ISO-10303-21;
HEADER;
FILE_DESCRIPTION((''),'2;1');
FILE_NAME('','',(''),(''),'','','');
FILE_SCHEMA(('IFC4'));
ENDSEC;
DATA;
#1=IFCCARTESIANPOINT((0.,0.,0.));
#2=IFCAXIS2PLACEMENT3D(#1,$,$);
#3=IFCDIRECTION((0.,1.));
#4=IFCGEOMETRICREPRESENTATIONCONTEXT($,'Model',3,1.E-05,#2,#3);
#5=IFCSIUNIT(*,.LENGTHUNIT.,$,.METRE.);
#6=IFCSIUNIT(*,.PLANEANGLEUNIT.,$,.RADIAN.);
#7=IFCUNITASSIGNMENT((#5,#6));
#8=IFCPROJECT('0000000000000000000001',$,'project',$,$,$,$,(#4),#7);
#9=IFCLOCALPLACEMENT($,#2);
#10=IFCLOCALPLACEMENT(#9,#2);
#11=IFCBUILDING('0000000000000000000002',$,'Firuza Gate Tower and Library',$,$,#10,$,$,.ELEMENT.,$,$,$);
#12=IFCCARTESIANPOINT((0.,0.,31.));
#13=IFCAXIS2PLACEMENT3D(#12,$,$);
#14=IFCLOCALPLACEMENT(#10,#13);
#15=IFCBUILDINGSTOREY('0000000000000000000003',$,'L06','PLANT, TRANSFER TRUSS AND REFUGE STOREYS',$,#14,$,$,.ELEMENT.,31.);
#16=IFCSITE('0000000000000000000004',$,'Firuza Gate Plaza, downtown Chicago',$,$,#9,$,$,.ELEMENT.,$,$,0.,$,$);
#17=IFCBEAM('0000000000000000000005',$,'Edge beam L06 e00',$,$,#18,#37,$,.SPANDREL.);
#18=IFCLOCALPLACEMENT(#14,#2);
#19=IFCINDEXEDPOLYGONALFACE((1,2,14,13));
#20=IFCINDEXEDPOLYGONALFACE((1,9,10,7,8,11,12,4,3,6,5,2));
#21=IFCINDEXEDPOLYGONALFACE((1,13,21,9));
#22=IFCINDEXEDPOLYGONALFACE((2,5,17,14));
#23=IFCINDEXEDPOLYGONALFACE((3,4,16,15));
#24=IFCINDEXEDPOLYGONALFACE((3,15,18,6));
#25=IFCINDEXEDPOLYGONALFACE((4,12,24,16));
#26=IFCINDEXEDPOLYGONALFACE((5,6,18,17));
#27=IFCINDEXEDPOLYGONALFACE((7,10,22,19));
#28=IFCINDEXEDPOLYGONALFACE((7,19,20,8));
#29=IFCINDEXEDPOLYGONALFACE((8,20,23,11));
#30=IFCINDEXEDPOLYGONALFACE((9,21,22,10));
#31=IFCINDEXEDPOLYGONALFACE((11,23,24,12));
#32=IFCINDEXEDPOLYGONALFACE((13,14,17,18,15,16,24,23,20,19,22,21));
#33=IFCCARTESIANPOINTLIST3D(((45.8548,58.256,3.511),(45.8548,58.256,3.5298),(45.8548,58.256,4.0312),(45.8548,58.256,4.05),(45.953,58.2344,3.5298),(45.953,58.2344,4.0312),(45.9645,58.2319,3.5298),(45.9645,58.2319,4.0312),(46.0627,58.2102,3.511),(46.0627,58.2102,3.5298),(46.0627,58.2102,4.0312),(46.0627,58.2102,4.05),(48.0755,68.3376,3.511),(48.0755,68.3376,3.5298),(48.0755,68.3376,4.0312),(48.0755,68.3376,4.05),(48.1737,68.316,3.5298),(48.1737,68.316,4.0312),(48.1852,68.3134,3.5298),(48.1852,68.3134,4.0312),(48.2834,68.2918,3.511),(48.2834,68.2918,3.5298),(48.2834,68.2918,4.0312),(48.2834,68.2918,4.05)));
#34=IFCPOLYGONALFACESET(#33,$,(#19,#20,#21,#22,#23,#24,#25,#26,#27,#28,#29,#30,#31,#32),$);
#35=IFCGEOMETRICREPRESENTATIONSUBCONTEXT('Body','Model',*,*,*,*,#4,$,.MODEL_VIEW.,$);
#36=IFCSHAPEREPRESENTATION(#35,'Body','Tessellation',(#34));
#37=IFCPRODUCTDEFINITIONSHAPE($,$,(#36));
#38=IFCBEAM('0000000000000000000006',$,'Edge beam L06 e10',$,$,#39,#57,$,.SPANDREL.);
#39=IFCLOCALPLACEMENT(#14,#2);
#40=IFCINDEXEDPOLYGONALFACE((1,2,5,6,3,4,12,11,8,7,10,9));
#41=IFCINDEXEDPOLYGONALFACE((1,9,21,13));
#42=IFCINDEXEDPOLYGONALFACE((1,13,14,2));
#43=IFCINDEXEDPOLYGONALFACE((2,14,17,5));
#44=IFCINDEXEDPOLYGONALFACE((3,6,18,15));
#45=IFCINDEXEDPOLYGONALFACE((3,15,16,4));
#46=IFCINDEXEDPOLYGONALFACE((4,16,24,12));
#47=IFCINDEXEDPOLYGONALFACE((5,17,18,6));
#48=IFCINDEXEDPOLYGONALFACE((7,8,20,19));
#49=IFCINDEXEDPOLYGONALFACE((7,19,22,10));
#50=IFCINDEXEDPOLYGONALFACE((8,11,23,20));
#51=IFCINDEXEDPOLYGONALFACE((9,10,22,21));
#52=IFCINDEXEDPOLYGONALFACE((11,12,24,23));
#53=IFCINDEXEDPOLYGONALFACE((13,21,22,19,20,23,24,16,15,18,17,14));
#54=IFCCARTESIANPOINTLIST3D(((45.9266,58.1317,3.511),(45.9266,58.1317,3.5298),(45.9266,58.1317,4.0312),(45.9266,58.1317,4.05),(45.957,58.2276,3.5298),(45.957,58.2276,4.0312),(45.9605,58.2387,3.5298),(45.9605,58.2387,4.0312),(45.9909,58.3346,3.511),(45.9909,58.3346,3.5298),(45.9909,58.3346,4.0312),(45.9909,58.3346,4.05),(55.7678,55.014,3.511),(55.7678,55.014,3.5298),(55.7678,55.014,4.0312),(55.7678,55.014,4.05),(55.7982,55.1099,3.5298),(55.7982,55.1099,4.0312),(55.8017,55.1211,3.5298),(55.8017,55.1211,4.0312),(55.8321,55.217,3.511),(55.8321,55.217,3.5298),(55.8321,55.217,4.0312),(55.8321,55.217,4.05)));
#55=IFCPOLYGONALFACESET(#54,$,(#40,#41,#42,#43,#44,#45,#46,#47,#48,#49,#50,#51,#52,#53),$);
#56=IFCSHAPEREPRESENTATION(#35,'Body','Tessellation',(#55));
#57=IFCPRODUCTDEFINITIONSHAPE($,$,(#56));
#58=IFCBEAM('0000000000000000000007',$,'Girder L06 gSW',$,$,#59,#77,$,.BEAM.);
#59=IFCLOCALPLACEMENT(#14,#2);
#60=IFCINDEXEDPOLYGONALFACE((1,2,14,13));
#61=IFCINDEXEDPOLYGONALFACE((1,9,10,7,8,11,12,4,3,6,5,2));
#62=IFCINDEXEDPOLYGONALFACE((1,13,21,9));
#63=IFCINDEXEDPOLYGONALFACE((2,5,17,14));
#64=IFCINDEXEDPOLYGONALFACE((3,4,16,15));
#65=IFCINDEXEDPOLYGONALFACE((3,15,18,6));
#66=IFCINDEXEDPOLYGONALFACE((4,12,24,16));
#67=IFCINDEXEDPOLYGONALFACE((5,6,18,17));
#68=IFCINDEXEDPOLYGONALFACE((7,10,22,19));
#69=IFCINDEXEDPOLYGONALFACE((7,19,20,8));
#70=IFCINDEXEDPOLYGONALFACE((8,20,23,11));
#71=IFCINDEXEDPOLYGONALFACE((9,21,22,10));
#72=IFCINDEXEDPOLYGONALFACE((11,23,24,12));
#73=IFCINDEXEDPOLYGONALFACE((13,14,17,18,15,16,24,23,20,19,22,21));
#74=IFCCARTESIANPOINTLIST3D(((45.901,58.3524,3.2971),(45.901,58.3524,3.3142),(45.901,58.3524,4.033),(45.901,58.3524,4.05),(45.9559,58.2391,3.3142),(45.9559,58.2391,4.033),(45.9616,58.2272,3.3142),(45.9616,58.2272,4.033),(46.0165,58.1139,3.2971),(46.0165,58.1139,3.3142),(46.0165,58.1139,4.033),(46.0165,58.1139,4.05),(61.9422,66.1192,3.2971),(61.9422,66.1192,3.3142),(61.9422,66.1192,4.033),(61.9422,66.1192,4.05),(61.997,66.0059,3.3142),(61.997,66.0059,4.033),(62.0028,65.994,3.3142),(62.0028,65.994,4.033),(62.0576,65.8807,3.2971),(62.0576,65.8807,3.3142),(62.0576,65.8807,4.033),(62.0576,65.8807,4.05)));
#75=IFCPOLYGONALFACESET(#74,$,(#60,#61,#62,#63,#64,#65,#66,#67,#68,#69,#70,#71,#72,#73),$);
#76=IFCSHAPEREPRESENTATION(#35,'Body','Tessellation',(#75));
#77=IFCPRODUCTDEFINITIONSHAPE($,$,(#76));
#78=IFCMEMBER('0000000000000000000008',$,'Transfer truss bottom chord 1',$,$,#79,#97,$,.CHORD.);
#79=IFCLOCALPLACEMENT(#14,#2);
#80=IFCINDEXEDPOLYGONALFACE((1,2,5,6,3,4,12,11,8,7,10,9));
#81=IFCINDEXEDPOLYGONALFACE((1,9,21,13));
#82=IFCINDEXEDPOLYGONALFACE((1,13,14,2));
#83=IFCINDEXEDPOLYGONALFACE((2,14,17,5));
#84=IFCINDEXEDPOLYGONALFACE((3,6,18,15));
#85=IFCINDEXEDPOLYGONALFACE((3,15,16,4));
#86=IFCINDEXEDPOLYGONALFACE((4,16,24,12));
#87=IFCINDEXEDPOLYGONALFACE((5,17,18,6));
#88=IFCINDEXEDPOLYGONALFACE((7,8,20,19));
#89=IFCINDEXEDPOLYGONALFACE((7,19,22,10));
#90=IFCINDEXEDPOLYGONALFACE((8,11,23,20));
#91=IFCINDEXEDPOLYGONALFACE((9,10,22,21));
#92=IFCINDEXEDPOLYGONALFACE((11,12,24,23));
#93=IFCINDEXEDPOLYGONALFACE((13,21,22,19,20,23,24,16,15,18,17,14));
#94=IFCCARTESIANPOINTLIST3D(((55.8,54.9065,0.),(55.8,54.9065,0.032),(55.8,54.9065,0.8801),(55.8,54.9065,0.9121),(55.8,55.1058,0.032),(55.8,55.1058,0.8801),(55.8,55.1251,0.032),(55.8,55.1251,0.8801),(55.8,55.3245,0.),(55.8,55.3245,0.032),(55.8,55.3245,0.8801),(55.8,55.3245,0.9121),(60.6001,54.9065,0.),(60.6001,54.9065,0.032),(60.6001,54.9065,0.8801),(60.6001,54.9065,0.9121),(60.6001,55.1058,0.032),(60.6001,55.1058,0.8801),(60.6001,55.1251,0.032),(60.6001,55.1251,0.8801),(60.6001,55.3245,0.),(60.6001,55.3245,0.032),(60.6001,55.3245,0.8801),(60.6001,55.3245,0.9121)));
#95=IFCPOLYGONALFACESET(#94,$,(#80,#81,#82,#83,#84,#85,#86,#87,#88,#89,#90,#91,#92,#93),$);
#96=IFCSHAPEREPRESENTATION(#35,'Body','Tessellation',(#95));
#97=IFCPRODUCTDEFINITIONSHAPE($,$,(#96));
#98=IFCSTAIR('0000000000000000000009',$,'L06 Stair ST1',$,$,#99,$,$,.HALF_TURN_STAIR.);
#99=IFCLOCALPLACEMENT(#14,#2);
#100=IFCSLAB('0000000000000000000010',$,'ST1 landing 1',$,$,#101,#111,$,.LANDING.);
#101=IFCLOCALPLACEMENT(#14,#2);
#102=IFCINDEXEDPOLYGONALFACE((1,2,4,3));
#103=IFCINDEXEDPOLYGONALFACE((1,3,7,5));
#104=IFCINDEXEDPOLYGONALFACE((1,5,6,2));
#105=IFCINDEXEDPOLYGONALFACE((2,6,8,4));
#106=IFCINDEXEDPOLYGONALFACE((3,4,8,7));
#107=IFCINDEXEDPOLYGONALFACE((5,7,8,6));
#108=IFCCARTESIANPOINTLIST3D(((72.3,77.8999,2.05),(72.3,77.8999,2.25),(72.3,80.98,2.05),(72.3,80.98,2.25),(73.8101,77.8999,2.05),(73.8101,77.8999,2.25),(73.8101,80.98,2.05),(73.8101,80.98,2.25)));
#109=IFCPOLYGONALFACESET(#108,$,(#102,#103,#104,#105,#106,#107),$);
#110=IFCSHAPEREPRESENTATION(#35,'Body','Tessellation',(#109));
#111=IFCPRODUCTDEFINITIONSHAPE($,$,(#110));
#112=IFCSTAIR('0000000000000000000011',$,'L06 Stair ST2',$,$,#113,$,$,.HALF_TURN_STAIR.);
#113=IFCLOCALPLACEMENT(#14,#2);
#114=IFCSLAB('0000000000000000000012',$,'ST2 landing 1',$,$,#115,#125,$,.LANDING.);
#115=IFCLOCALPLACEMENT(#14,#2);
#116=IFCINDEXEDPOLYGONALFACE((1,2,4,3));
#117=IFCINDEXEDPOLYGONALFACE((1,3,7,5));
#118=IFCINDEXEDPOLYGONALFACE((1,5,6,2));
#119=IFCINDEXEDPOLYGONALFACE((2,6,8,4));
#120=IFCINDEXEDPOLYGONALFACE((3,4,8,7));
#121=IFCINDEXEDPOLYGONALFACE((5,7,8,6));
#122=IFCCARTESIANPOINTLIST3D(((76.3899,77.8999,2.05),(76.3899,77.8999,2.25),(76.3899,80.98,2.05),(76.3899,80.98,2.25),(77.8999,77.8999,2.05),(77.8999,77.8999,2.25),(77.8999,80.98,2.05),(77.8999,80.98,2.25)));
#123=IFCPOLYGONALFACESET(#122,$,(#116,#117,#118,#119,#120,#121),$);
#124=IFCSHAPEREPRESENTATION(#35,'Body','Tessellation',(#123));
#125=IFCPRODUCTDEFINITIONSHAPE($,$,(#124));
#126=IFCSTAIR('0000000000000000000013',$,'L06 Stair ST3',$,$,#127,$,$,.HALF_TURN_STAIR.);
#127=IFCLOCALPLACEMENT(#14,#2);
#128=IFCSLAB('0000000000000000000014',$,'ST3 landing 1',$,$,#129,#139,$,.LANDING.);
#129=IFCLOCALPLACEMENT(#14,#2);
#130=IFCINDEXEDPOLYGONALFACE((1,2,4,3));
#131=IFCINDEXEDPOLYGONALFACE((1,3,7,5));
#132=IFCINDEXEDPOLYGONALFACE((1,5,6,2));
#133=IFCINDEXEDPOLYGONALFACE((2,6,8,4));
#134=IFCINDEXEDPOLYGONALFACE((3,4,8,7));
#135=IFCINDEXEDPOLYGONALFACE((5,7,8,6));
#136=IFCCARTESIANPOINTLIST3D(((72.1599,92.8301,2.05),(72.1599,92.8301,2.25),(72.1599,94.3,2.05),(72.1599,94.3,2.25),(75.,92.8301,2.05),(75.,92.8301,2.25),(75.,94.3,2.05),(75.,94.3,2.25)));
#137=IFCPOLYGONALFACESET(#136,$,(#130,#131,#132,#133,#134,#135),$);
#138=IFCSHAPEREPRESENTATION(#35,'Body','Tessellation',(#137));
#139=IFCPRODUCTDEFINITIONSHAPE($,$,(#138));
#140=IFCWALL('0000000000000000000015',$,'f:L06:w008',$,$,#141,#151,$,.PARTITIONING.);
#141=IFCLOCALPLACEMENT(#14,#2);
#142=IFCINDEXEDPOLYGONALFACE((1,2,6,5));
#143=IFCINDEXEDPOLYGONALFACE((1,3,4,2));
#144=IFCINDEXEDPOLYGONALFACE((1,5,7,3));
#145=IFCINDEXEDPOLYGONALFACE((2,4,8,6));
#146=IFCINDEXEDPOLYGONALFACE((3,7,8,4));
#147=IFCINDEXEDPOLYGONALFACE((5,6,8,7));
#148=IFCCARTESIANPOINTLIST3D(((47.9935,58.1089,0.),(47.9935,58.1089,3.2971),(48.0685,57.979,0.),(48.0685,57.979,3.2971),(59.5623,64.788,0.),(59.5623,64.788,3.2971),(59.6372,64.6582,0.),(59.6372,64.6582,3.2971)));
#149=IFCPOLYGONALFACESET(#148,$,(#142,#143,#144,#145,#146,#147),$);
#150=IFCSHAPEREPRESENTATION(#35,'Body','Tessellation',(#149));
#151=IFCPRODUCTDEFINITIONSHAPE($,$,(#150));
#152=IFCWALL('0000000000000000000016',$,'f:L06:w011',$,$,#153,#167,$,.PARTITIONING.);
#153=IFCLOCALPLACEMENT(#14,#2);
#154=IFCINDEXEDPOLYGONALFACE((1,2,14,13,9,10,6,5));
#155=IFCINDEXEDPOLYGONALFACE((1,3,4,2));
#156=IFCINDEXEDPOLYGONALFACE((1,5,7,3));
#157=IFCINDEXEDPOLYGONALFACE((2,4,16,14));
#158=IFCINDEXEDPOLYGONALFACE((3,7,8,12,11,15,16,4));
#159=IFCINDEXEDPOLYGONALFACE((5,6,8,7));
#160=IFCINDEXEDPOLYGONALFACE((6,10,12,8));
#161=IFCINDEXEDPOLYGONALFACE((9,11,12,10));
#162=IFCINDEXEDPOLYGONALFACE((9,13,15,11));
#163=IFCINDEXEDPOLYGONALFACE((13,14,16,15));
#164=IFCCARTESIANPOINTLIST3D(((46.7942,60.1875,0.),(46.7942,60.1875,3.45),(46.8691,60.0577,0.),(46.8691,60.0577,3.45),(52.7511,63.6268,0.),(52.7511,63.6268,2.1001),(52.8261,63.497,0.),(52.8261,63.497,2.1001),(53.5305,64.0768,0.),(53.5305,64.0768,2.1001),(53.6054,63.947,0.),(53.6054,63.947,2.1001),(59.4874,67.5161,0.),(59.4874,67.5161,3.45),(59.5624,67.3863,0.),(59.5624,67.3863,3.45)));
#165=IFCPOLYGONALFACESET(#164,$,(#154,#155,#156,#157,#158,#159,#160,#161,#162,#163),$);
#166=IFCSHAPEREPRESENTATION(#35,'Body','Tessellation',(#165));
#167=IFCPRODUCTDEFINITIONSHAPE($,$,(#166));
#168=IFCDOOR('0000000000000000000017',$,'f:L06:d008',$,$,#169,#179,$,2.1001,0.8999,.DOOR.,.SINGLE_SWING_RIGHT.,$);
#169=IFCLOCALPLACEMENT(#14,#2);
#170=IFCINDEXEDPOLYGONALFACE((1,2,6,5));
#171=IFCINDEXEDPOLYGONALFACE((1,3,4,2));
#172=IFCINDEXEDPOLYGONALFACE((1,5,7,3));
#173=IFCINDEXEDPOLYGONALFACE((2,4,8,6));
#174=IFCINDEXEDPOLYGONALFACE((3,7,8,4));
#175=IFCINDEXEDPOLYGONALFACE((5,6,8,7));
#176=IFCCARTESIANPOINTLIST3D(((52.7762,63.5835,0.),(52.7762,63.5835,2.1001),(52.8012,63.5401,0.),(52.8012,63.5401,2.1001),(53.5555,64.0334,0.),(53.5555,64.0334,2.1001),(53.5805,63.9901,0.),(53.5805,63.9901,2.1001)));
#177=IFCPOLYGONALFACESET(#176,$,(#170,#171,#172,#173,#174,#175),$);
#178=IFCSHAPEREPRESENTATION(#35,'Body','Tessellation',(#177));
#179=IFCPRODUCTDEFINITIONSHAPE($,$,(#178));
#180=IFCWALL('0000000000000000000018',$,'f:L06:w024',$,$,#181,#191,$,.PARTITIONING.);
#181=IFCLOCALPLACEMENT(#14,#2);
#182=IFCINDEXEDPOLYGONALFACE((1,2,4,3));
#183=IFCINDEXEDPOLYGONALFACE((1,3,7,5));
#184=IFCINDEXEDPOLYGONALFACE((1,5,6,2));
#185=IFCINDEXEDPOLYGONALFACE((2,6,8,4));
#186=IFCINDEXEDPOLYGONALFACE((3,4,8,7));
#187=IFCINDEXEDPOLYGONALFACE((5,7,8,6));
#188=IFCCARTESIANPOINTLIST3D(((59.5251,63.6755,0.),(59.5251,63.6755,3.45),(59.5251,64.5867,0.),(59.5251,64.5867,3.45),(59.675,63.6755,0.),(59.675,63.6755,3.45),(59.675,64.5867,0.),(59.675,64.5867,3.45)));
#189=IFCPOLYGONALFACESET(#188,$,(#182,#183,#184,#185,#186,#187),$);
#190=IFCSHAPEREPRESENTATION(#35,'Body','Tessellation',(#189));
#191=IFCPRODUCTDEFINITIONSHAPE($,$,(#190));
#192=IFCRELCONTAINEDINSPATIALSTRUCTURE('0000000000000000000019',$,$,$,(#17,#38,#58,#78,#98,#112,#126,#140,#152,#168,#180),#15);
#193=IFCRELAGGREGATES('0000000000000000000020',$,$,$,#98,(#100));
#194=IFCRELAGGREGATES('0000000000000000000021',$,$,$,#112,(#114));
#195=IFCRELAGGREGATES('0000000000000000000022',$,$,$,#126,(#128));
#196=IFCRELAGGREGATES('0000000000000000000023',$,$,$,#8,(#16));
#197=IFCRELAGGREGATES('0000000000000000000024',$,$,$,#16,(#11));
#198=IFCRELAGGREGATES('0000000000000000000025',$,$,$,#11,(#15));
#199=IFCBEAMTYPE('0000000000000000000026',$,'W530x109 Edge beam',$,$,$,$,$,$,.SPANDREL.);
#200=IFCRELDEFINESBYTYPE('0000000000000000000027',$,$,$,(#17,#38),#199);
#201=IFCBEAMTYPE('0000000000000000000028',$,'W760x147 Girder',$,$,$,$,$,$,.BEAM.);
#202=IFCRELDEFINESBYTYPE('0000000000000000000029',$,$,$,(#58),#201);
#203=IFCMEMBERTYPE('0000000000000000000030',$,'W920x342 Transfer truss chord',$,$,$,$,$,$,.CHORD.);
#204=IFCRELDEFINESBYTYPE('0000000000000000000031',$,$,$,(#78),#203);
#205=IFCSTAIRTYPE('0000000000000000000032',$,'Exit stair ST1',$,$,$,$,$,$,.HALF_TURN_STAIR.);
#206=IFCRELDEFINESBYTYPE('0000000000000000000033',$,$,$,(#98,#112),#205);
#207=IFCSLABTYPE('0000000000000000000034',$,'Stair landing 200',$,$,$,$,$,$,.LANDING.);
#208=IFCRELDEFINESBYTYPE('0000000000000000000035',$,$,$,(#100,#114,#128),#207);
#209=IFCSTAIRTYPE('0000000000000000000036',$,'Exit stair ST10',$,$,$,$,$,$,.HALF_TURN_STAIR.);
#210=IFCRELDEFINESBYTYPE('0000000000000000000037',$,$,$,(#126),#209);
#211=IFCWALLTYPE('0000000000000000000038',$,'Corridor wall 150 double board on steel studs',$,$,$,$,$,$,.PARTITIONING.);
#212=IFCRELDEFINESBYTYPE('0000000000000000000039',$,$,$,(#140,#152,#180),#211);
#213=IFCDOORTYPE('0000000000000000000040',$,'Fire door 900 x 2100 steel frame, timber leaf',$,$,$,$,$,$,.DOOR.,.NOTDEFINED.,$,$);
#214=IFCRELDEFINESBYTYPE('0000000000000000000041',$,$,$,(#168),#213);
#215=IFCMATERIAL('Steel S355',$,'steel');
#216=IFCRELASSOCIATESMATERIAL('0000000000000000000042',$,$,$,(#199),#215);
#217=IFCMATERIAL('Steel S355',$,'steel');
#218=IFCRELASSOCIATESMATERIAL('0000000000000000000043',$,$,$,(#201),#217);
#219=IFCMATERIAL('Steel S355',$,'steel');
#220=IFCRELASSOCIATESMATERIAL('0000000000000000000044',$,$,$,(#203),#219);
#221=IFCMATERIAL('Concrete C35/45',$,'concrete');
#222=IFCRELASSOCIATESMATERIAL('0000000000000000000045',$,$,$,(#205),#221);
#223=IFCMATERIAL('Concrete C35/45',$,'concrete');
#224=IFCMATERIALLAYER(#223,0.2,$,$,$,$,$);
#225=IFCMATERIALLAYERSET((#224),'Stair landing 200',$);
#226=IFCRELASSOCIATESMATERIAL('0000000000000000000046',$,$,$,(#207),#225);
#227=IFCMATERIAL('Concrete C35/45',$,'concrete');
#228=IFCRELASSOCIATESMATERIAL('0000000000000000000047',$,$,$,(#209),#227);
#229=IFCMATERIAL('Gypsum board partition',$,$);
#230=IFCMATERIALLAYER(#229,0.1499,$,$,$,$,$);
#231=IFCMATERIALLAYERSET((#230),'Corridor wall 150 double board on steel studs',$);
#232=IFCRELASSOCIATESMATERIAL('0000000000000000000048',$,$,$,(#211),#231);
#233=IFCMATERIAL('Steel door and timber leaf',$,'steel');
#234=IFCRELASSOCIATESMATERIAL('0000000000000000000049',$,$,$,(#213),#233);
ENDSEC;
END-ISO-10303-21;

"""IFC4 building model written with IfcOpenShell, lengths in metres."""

from ifc_helpers import new_model, si_unit, direction, frame, frame_2d, origin, origin_2d, place, context, subcontext, project, spatial, polyline, rectangle, i_section, outline, extrude, material, layer, layer_set, material_profile, profile_set, type_object, element, fill, aggregate, save


model = new_model("IFC4")

# Units and contexts
model_context = context("Model", 3, precision=1e-05, world=origin(), true_north=direction((0.0, 1.0)))
body_context = subcontext(model_context, "Body", "Model", "MODEL_VIEW")
ifc_project = project(units=[si_unit("LENGTHUNIT", "METRE"), si_unit("PLANEANGLEUNIT", "RADIAN")], contexts=[model_context])

# Site, building, storey
site_placement = place(None, origin())
site = spatial("IfcSite", under=ifc_project, at=site_placement, Name="Firuza Gate Plaza, downtown Chicago", CompositionType="ELEMENT", RefElevation=0.0)
building_placement = place(site_placement, origin())
building = spatial("IfcBuilding", under=site, at=building_placement, Name="Firuza Gate Tower and Library", CompositionType="ELEMENT")
storey_placement = place(building_placement, frame((0.0, 0.0, 31.0)))
storey = spatial("IfcBuildingStorey", under=building, at=storey_placement, Name="L06", Description="PLANT, TRANSFER TRUSS AND REFUGE STOREYS", CompositionType="ELEMENT", Elevation=31.0)

# Beams
ifc_material_1 = material(Name="Steel S355", Category="steel")
ifc_material_profile_1 = material_profile(ifc_material_1, i_section(OverallWidth=0.2129, OverallDepth=0.5391, WebThickness=0.0117, FlangeThickness=0.0188, at=origin_2d()))
ifc_profile_set_1 = profile_set([ifc_material_profile_1], Name="Steel S355")
beam_type_1 = type_object("IfcBeamType", Name="W530x109 Edge beam", PredefinedType="SPANDREL", material=ifc_profile_set_1)
for number, where, z_axis, x_axis, name in (
    (1, (48.1794, 68.3147, 3.7805), (-0.215117, -0.976588, 0.0), (0.976588, -0.215117, 0.0), "Edge beam L06 e00"),
    (2, (45.9587, 58.2332, 3.7805), (0.953307, -0.302003, 0.0), (0.302003, 0.953307, 0.0), "Edge beam L06 e10"),
):
    element("IfcBeam", number, at=place(storey_placement, frame(where, z_axis=z_axis, x_axis=x_axis)), inside=storey, type_object=beam_type_1, Name=name, PredefinedType="SPANDREL", context=body_context, shape_type="SweptSolid", body=[
        extrude(i_section(OverallWidth=0.2129, OverallDepth=0.5391, WebThickness=0.0117, FlangeThickness=0.0188, at=origin_2d()), origin(), (0.0, 0.0, 1.0), 10.3232),
    ])
ifc_material_2 = material(Name="Steel S355", Category="steel")
ifc_material_profile_2 = material_profile(ifc_material_2, i_section(OverallWidth=0.2649, OverallDepth=0.7529, WebThickness=0.0132, FlangeThickness=0.0171, at=origin_2d()))
ifc_profile_set_2 = profile_set([ifc_material_profile_2], Name="Steel S355")
beam_type_2 = type_object("IfcBeamType", Name="W760x147 Girder", PredefinedType="BEAM", material=ifc_profile_set_2)
beam_1_placement = place(storey_placement, frame((45.9587, 58.2332, 3.6736), z_axis=(0.90005, 0.435786, 0.0), x_axis=(-0.435786, 0.90005, 0.0)))
element("IfcBeam", 3, at=beam_1_placement, inside=storey, type_object=beam_type_2, Name="Girder L06 gSW", PredefinedType="BEAM", context=body_context, shape_type="SweptSolid", body=[
    extrude(i_section(OverallWidth=0.2649, OverallDepth=0.7529, WebThickness=0.0132, FlangeThickness=0.0171, at=origin_2d()), origin(), (0.0, 0.0, 1.0), 17.8225),
])

# Member
ifc_material_3 = material(Name="Steel S355", Category="steel")
ifc_material_profile_3 = material_profile(ifc_material_3, i_section(OverallWidth=0.418, OverallDepth=0.9121, WebThickness=0.0193, FlangeThickness=0.032, at=origin_2d()))
ifc_profile_set_3 = profile_set([ifc_material_profile_3], Name="Steel S355")
member_type_1 = type_object("IfcMemberType", Name="W920x342 Transfer truss chord", PredefinedType="CHORD", material=ifc_profile_set_3)
member_1_placement = place(storey_placement, frame((55.8, 55.1155, 0.4561), z_axis=(1.0, 0.0, 0.0), x_axis=(0.0, 1.0, 0.0)))
element("IfcMember", 4, at=member_1_placement, inside=storey, type_object=member_type_1, Name="Transfer truss bottom chord 1", PredefinedType="CHORD", context=body_context, shape_type="SweptSolid", body=[
    extrude(i_section(OverallWidth=0.418, OverallDepth=0.9121, WebThickness=0.0193, FlangeThickness=0.032, at=origin_2d()), origin(), (0.0, 0.0, 1.0), 4.8),
])

# Stairs, slabs
ifc_material_4 = material(Name="Concrete C35/45", Category="concrete")
stair_type_1 = type_object("IfcStairType", Name="Exit stair ST1", PredefinedType="HALF_TURN_STAIR", material=ifc_material_4)
placement_1 = place(storey_placement, origin())
stair_1 = element("IfcStair", 5, at=placement_1, inside=storey, type_object=stair_type_1, Name="L06 Stair ST1", PredefinedType="HALF_TURN_STAIR")
ifc_material_5 = material(Name="Concrete C35/45", Category="concrete")
ifc_layer_1 = layer(ifc_material_5, 0.2)
ifc_layer_set_1 = layer_set([ifc_layer_1], Name="Stair landing 200")
slab_type_1 = type_object("IfcSlabType", Name="Stair landing 200", PredefinedType="LANDING", material=ifc_layer_set_1)
placement_2 = place(storey_placement, frame((0.0, 0.0, 2.05)))
slab_1 = element("IfcSlab", 6, at=placement_2, type_object=slab_type_1, Name="ST1 landing 1", PredefinedType="LANDING", context=body_context, shape_type="SweptSolid", body=[
    extrude(outline(polyline([(72.3, 77.8999), (73.8101, 77.8999), (73.8101, 80.98), (72.3, 80.98), (72.3, 77.8999)])), origin(), (0.0, 0.0, 1.0), 0.2),
])
aggregate(stair_1, [slab_1])
stair_2 = element("IfcStair", 7, at=placement_1, inside=storey, type_object=stair_type_1, Name="L06 Stair ST2", PredefinedType="HALF_TURN_STAIR")
slab_2 = element("IfcSlab", 8, at=placement_2, type_object=slab_type_1, Name="ST2 landing 1", PredefinedType="LANDING", context=body_context, shape_type="SweptSolid", body=[
    extrude(outline(polyline([(77.8999, 80.98), (76.3899, 80.98), (76.3899, 77.8999), (77.8999, 77.8999), (77.8999, 80.98)])), origin(), (0.0, 0.0, 1.0), 0.2),
])
aggregate(stair_2, [slab_2])
ifc_material_6 = material(Name="Concrete C35/45", Category="concrete")
stair_type_2 = type_object("IfcStairType", Name="Exit stair ST10", PredefinedType="HALF_TURN_STAIR", material=ifc_material_6)
stair_3 = element("IfcStair", 9, at=placement_1, inside=storey, type_object=stair_type_2, Name="L06 Stair ST3", PredefinedType="HALF_TURN_STAIR")
slab_3 = element("IfcSlab", 10, at=placement_2, type_object=slab_type_1, Name="ST3 landing 1", PredefinedType="LANDING", context=body_context, shape_type="SweptSolid", body=[
    extrude(outline(polyline([(75.0, 92.8301), (75.0, 94.3), (72.1599, 94.3), (72.1599, 92.8301), (75.0, 92.8301)])), origin(), (0.0, 0.0, 1.0), 0.2),
])
aggregate(stair_3, [slab_3])

# Wall
ifc_material_7 = material(Name="Gypsum board partition")
ifc_layer_2 = layer(ifc_material_7, 0.1499)
ifc_layer_set_2 = layer_set([ifc_layer_2], Name="Corridor wall 150 double board on steel studs")
wall_type_1 = type_object("IfcWallType", Name="Corridor wall 150 double board on steel studs", PredefinedType="PARTITIONING", material=ifc_layer_set_2)
wall_1_placement = place(storey_placement, frame((48.031, 58.0439, 0.0), z_axis=(0.0, 0.0, 1.0), x_axis=(0.866028, 0.499996, 0.0)))
element("IfcWall", 11, at=wall_1_placement, inside=storey, type_object=wall_type_1, Name="f:L06:w008", PredefinedType="PARTITIONING", context=body_context, shape_type="SweptSolid", body=[
    extrude(rectangle(XDim=13.3584, YDim=0.1499, at=frame_2d((6.6792, 0.0))), origin(), (0.0, 0.0, 1.0), 3.2971),
])

# Wall, opening, door
wall_2_placement = place(storey_placement, frame((46.8315, 60.1226, 0.0), z_axis=(0.0, 0.0, 1.0), x_axis=(0.866022, 0.500005, 0.0)))
wall_2 = element("IfcWall", 12, at=wall_2_placement, inside=storey, type_object=wall_type_1, Name="f:L06:w011", PredefinedType="PARTITIONING", context=body_context, shape_type="SweptSolid", body=[
    extrude(rectangle(XDim=14.657, YDim=0.1499, at=frame_2d((7.3286, 0.0))), origin(), (0.0, 0.0, 1.0), 3.45),
])
opening_1_placement = place(wall_2_placement, frame((6.8787, 0.0, 0.0)))
opening_1 = element("IfcOpeningElement", 13, at=opening_1_placement, cuts=wall_2, PredefinedType="OPENING", context=body_context, shape_type="SweptSolid", body=[
    extrude(rectangle(XDim=0.8999, YDim=2.1001, at=frame_2d((0.45, 1.05))), frame((0.0, 0.085, 0.0), z_axis=(0.0, -1.0, 0.0), x_axis=(1.0, 0.0, 0.0)), (0.0, 0.0, 1.0), 0.1699),
])
ifc_material_8 = material(Name="Steel door and timber leaf", Category="steel")
door_type = type_object("IfcDoorType", Name="Fire door 900 x 2100 steel frame, timber leaf", OperationType="NOTDEFINED", PredefinedType="DOOR", material=ifc_material_8)
door_placement = place(opening_1_placement, origin())
door = element("IfcDoor", 14, at=door_placement, inside=storey, type_object=door_type, Name="f:L06:d008", OperationType="SINGLE_SWING_RIGHT", OverallHeight=2.1001, OverallWidth=0.8999, PredefinedType="DOOR", context=body_context, shape_type="SweptSolid", body=[
    extrude(rectangle(XDim=0.8999, YDim=2.1001, at=frame_2d((0.45, 1.05))), frame((0.0, 0.0249, 0.0), z_axis=(0.0, -1.0, 0.0), x_axis=(1.0, 0.0, 0.0)), (0.0, 0.0, 1.0), 0.05),
])
fill(opening_1, door)

# Wall
wall_3_placement = place(storey_placement, frame((59.6001, 63.6755, 0.0), z_axis=(0.0, 0.0, 1.0), x_axis=(0.0, 1.0, 0.0)))
element("IfcWall", 15, at=wall_3_placement, inside=storey, type_object=wall_type_1, Name="f:L06:w024", PredefinedType="PARTITIONING", context=body_context, shape_type="SweptSolid", body=[
    extrude(rectangle(XDim=0.9111, YDim=0.1499, at=frame_2d((0.4556, 0.0))), origin(), (0.0, 0.0, 1.0), 3.45),
])

save(model, "model.ifc")
